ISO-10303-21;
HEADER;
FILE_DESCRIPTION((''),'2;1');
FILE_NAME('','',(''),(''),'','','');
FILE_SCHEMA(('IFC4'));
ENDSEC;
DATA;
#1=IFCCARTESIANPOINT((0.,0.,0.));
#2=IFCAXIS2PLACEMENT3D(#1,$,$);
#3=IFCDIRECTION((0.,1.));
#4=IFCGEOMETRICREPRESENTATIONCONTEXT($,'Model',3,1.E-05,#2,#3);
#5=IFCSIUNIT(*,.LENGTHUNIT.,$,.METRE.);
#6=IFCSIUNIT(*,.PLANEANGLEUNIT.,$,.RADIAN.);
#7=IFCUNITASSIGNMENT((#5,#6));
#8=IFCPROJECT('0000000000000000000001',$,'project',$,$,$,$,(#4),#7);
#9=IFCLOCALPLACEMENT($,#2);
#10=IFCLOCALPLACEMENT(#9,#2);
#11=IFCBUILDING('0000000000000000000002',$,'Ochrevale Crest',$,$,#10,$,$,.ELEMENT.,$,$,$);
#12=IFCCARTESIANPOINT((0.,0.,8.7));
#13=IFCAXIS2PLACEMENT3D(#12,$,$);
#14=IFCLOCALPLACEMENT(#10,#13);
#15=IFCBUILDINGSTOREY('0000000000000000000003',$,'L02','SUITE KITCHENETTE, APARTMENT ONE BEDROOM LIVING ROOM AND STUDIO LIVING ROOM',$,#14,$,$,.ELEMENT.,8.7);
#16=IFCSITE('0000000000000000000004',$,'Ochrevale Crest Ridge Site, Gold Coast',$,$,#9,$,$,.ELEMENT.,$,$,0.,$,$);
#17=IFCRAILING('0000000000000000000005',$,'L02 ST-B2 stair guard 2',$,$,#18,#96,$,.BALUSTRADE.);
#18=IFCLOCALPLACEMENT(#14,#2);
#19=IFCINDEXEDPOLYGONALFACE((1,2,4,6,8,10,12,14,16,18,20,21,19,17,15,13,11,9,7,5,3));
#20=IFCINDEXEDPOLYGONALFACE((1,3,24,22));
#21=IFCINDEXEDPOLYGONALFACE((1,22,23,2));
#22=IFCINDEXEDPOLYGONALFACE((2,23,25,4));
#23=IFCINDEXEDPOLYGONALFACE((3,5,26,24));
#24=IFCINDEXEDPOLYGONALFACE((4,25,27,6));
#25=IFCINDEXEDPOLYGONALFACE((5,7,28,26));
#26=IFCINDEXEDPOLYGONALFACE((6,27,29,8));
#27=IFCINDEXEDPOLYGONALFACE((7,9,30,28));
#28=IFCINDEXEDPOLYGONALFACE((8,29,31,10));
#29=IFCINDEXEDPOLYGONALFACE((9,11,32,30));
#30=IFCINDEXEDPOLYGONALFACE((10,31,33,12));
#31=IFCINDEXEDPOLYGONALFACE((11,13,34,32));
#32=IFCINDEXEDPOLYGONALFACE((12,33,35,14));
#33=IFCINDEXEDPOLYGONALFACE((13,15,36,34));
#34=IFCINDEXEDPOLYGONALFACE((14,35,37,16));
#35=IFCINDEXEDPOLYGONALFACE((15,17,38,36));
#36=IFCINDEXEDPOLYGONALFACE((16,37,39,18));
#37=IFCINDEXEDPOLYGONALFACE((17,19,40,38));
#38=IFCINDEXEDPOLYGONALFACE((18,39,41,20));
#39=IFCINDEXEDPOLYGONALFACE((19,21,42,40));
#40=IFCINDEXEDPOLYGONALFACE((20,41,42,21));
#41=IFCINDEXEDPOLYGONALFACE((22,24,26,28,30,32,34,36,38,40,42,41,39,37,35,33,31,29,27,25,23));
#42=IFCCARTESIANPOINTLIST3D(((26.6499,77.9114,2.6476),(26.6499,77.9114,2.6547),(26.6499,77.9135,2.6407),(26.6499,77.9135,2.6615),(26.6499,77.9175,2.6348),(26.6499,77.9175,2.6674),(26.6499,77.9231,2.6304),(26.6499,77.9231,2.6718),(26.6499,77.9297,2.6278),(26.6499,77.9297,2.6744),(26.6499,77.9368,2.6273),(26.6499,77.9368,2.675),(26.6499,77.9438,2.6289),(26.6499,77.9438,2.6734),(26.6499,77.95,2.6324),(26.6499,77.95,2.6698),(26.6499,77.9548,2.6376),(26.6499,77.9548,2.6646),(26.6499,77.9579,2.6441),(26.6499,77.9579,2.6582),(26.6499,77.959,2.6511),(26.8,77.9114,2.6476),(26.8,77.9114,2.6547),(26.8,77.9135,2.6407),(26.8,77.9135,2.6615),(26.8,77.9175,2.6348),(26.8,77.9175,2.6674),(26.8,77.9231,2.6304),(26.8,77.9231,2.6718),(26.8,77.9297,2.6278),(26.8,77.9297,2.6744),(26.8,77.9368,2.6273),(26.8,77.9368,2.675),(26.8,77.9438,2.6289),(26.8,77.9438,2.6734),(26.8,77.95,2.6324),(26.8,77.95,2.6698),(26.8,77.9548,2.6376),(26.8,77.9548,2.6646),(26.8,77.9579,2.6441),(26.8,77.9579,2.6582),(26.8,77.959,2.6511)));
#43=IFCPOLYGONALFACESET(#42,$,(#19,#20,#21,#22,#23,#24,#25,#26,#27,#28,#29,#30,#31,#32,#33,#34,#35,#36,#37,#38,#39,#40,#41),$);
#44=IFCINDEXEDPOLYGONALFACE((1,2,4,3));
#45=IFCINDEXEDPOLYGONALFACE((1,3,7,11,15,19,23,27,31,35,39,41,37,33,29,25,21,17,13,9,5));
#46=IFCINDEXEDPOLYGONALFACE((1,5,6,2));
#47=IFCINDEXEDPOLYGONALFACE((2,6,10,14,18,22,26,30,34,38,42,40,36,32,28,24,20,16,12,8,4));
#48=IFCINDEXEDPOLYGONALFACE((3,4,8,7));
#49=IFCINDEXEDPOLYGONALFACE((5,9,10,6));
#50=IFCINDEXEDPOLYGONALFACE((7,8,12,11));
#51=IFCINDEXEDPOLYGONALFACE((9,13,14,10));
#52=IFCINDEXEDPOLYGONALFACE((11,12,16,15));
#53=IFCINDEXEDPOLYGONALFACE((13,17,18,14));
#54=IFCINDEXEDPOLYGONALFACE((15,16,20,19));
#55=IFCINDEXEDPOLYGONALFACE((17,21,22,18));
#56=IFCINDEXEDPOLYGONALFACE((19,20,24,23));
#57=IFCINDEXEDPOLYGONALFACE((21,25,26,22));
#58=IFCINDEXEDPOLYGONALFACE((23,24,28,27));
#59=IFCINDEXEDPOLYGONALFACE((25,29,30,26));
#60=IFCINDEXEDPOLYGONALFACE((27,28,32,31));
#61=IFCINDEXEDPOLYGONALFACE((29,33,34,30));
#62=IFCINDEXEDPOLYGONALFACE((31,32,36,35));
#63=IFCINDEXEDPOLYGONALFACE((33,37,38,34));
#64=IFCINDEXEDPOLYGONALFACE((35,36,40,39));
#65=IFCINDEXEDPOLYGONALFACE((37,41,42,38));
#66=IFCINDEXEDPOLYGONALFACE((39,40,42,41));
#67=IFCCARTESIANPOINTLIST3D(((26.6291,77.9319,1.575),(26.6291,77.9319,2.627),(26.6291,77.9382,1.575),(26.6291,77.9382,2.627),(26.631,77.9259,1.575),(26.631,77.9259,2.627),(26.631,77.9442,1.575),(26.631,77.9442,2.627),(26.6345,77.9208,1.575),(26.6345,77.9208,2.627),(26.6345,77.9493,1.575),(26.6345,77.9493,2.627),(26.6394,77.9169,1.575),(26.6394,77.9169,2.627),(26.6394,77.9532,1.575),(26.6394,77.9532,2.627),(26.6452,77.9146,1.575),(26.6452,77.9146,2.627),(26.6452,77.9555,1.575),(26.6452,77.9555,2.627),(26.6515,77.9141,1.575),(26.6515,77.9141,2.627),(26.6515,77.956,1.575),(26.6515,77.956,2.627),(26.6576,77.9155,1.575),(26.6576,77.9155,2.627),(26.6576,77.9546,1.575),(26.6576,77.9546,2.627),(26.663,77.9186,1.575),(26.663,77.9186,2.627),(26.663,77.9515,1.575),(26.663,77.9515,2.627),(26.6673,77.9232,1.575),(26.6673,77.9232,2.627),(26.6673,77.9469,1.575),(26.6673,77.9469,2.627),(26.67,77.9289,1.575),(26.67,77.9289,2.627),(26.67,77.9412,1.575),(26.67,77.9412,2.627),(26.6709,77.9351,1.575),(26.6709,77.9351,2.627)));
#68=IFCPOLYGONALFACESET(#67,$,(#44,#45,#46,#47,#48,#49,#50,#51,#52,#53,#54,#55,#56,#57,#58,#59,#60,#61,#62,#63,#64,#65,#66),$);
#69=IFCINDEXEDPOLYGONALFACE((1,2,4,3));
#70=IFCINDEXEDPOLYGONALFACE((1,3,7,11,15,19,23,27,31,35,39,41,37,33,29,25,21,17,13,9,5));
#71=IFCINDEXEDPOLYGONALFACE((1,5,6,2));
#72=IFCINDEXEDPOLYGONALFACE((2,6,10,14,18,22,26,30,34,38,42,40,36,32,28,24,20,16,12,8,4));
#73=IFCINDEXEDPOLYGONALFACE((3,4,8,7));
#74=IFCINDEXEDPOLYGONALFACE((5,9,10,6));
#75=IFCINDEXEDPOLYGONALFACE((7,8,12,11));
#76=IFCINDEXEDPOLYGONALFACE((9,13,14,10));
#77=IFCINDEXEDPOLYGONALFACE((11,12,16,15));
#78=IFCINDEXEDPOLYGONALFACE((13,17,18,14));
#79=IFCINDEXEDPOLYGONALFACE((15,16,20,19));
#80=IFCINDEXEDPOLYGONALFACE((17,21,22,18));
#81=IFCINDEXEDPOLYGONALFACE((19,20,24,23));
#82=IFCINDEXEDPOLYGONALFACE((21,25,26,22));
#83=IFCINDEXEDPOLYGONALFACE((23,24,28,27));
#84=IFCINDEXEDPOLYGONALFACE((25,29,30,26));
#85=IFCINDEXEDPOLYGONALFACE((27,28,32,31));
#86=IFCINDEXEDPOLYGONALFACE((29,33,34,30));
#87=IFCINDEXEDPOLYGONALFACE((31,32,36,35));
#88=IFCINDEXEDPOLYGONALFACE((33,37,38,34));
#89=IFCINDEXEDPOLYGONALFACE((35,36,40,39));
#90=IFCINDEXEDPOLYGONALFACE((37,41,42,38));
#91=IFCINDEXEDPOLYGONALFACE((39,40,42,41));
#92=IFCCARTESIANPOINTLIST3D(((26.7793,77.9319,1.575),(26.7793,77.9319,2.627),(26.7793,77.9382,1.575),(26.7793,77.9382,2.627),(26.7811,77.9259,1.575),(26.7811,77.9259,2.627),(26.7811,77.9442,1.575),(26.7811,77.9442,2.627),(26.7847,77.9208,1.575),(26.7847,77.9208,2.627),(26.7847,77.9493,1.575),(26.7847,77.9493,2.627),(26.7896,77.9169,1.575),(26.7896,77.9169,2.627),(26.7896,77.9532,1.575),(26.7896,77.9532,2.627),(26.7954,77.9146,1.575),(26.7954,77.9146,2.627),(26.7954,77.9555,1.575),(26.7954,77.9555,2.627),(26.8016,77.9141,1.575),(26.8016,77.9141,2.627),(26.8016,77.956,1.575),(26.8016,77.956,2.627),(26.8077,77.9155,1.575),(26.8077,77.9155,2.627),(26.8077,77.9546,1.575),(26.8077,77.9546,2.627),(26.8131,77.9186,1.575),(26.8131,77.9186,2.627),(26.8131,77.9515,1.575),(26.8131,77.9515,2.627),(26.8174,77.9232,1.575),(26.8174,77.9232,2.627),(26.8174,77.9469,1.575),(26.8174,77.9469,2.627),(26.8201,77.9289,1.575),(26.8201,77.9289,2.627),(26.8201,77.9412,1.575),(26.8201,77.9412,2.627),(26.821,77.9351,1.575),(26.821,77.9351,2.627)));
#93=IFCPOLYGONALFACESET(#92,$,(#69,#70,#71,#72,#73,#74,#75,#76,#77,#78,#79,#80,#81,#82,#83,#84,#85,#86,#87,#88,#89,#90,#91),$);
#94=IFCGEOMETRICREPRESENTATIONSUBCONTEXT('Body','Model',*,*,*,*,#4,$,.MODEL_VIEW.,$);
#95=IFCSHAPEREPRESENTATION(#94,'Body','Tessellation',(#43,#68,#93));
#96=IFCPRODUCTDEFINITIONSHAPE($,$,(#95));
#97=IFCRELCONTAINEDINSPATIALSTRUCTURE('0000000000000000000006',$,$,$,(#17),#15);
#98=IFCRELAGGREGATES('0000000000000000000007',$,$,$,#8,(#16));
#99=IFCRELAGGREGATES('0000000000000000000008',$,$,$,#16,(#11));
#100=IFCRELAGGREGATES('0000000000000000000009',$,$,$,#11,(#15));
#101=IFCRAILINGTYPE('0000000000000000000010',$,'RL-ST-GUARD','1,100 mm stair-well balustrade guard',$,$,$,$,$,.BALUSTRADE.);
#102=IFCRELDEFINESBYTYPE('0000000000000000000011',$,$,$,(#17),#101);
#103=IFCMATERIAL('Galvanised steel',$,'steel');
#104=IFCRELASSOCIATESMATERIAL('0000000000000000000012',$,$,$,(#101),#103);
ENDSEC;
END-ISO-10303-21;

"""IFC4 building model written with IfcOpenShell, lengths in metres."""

from ifc_helpers import new_model, si_unit, direction, frame, origin, origin_2d, place, context, subcontext, project, spatial, circle, extrude, material, type_object, element, save


model = new_model("IFC4")

# Units and contexts
model_context = context("Model", 3, precision=1e-05, world=origin(), true_north=direction((0.0, 1.0)))
body_context = subcontext(model_context, "Body", "Model", "MODEL_VIEW")
ifc_project = project(units=[si_unit("LENGTHUNIT", "METRE"), si_unit("PLANEANGLEUNIT", "RADIAN")], contexts=[model_context])

# Site, building, storey
site_placement = place(None, origin())
site = spatial("IfcSite", under=ifc_project, at=site_placement, Name="Ochrevale Crest Ridge Site, Gold Coast", CompositionType="ELEMENT", RefElevation=0.0)
building_placement = place(site_placement, origin())
building = spatial("IfcBuilding", under=site, at=building_placement, Name="Ochrevale Crest", CompositionType="ELEMENT")
storey_placement = place(building_placement, frame((0.0, 0.0, 8.7)))
storey = spatial("IfcBuildingStorey", under=building, at=storey_placement, Name="L02", Description="SUITE KITCHENETTE, APARTMENT ONE BEDROOM LIVING ROOM AND STUDIO LIVING ROOM", CompositionType="ELEMENT", Elevation=8.7)

# Railing
ifc_material_1 = material(Name="Galvanised steel", Category="steel")
railing_type_1 = type_object("IfcRailingType", Name="RL-ST-GUARD", Description="1,100 mm stair-well balustrade guard", PredefinedType="BALUSTRADE", material=ifc_material_1)
railing_1_placement = place(storey_placement, frame((26.6499, 77.9351, 1.575)))
element("IfcRailing", 1, at=railing_1_placement, inside=storey, type_object=railing_type_1, Name="L02 ST-B2 stair guard 2", PredefinedType="BALUSTRADE", context=body_context, shape_type="SweptSolid", body=[
    extrude(circle(Radius=0.0239, at=origin_2d()), frame((0.0, 0.0, 1.0762), z_axis=(1.0, 0.0, 0.0), x_axis=(0.0, 1.0, 0.0)), (0.0, 0.0, 1.0), 0.1501),
    extrude(circle(Radius=0.021, at=origin_2d()), origin(), (0.0, 0.0, 1.0), 1.052),
    extrude(circle(Radius=0.021, at=origin_2d()), frame((0.1501, 0.0, 0.0)), (0.0, 0.0, 1.0), 1.052),
])

save(model, "model.ifc")
